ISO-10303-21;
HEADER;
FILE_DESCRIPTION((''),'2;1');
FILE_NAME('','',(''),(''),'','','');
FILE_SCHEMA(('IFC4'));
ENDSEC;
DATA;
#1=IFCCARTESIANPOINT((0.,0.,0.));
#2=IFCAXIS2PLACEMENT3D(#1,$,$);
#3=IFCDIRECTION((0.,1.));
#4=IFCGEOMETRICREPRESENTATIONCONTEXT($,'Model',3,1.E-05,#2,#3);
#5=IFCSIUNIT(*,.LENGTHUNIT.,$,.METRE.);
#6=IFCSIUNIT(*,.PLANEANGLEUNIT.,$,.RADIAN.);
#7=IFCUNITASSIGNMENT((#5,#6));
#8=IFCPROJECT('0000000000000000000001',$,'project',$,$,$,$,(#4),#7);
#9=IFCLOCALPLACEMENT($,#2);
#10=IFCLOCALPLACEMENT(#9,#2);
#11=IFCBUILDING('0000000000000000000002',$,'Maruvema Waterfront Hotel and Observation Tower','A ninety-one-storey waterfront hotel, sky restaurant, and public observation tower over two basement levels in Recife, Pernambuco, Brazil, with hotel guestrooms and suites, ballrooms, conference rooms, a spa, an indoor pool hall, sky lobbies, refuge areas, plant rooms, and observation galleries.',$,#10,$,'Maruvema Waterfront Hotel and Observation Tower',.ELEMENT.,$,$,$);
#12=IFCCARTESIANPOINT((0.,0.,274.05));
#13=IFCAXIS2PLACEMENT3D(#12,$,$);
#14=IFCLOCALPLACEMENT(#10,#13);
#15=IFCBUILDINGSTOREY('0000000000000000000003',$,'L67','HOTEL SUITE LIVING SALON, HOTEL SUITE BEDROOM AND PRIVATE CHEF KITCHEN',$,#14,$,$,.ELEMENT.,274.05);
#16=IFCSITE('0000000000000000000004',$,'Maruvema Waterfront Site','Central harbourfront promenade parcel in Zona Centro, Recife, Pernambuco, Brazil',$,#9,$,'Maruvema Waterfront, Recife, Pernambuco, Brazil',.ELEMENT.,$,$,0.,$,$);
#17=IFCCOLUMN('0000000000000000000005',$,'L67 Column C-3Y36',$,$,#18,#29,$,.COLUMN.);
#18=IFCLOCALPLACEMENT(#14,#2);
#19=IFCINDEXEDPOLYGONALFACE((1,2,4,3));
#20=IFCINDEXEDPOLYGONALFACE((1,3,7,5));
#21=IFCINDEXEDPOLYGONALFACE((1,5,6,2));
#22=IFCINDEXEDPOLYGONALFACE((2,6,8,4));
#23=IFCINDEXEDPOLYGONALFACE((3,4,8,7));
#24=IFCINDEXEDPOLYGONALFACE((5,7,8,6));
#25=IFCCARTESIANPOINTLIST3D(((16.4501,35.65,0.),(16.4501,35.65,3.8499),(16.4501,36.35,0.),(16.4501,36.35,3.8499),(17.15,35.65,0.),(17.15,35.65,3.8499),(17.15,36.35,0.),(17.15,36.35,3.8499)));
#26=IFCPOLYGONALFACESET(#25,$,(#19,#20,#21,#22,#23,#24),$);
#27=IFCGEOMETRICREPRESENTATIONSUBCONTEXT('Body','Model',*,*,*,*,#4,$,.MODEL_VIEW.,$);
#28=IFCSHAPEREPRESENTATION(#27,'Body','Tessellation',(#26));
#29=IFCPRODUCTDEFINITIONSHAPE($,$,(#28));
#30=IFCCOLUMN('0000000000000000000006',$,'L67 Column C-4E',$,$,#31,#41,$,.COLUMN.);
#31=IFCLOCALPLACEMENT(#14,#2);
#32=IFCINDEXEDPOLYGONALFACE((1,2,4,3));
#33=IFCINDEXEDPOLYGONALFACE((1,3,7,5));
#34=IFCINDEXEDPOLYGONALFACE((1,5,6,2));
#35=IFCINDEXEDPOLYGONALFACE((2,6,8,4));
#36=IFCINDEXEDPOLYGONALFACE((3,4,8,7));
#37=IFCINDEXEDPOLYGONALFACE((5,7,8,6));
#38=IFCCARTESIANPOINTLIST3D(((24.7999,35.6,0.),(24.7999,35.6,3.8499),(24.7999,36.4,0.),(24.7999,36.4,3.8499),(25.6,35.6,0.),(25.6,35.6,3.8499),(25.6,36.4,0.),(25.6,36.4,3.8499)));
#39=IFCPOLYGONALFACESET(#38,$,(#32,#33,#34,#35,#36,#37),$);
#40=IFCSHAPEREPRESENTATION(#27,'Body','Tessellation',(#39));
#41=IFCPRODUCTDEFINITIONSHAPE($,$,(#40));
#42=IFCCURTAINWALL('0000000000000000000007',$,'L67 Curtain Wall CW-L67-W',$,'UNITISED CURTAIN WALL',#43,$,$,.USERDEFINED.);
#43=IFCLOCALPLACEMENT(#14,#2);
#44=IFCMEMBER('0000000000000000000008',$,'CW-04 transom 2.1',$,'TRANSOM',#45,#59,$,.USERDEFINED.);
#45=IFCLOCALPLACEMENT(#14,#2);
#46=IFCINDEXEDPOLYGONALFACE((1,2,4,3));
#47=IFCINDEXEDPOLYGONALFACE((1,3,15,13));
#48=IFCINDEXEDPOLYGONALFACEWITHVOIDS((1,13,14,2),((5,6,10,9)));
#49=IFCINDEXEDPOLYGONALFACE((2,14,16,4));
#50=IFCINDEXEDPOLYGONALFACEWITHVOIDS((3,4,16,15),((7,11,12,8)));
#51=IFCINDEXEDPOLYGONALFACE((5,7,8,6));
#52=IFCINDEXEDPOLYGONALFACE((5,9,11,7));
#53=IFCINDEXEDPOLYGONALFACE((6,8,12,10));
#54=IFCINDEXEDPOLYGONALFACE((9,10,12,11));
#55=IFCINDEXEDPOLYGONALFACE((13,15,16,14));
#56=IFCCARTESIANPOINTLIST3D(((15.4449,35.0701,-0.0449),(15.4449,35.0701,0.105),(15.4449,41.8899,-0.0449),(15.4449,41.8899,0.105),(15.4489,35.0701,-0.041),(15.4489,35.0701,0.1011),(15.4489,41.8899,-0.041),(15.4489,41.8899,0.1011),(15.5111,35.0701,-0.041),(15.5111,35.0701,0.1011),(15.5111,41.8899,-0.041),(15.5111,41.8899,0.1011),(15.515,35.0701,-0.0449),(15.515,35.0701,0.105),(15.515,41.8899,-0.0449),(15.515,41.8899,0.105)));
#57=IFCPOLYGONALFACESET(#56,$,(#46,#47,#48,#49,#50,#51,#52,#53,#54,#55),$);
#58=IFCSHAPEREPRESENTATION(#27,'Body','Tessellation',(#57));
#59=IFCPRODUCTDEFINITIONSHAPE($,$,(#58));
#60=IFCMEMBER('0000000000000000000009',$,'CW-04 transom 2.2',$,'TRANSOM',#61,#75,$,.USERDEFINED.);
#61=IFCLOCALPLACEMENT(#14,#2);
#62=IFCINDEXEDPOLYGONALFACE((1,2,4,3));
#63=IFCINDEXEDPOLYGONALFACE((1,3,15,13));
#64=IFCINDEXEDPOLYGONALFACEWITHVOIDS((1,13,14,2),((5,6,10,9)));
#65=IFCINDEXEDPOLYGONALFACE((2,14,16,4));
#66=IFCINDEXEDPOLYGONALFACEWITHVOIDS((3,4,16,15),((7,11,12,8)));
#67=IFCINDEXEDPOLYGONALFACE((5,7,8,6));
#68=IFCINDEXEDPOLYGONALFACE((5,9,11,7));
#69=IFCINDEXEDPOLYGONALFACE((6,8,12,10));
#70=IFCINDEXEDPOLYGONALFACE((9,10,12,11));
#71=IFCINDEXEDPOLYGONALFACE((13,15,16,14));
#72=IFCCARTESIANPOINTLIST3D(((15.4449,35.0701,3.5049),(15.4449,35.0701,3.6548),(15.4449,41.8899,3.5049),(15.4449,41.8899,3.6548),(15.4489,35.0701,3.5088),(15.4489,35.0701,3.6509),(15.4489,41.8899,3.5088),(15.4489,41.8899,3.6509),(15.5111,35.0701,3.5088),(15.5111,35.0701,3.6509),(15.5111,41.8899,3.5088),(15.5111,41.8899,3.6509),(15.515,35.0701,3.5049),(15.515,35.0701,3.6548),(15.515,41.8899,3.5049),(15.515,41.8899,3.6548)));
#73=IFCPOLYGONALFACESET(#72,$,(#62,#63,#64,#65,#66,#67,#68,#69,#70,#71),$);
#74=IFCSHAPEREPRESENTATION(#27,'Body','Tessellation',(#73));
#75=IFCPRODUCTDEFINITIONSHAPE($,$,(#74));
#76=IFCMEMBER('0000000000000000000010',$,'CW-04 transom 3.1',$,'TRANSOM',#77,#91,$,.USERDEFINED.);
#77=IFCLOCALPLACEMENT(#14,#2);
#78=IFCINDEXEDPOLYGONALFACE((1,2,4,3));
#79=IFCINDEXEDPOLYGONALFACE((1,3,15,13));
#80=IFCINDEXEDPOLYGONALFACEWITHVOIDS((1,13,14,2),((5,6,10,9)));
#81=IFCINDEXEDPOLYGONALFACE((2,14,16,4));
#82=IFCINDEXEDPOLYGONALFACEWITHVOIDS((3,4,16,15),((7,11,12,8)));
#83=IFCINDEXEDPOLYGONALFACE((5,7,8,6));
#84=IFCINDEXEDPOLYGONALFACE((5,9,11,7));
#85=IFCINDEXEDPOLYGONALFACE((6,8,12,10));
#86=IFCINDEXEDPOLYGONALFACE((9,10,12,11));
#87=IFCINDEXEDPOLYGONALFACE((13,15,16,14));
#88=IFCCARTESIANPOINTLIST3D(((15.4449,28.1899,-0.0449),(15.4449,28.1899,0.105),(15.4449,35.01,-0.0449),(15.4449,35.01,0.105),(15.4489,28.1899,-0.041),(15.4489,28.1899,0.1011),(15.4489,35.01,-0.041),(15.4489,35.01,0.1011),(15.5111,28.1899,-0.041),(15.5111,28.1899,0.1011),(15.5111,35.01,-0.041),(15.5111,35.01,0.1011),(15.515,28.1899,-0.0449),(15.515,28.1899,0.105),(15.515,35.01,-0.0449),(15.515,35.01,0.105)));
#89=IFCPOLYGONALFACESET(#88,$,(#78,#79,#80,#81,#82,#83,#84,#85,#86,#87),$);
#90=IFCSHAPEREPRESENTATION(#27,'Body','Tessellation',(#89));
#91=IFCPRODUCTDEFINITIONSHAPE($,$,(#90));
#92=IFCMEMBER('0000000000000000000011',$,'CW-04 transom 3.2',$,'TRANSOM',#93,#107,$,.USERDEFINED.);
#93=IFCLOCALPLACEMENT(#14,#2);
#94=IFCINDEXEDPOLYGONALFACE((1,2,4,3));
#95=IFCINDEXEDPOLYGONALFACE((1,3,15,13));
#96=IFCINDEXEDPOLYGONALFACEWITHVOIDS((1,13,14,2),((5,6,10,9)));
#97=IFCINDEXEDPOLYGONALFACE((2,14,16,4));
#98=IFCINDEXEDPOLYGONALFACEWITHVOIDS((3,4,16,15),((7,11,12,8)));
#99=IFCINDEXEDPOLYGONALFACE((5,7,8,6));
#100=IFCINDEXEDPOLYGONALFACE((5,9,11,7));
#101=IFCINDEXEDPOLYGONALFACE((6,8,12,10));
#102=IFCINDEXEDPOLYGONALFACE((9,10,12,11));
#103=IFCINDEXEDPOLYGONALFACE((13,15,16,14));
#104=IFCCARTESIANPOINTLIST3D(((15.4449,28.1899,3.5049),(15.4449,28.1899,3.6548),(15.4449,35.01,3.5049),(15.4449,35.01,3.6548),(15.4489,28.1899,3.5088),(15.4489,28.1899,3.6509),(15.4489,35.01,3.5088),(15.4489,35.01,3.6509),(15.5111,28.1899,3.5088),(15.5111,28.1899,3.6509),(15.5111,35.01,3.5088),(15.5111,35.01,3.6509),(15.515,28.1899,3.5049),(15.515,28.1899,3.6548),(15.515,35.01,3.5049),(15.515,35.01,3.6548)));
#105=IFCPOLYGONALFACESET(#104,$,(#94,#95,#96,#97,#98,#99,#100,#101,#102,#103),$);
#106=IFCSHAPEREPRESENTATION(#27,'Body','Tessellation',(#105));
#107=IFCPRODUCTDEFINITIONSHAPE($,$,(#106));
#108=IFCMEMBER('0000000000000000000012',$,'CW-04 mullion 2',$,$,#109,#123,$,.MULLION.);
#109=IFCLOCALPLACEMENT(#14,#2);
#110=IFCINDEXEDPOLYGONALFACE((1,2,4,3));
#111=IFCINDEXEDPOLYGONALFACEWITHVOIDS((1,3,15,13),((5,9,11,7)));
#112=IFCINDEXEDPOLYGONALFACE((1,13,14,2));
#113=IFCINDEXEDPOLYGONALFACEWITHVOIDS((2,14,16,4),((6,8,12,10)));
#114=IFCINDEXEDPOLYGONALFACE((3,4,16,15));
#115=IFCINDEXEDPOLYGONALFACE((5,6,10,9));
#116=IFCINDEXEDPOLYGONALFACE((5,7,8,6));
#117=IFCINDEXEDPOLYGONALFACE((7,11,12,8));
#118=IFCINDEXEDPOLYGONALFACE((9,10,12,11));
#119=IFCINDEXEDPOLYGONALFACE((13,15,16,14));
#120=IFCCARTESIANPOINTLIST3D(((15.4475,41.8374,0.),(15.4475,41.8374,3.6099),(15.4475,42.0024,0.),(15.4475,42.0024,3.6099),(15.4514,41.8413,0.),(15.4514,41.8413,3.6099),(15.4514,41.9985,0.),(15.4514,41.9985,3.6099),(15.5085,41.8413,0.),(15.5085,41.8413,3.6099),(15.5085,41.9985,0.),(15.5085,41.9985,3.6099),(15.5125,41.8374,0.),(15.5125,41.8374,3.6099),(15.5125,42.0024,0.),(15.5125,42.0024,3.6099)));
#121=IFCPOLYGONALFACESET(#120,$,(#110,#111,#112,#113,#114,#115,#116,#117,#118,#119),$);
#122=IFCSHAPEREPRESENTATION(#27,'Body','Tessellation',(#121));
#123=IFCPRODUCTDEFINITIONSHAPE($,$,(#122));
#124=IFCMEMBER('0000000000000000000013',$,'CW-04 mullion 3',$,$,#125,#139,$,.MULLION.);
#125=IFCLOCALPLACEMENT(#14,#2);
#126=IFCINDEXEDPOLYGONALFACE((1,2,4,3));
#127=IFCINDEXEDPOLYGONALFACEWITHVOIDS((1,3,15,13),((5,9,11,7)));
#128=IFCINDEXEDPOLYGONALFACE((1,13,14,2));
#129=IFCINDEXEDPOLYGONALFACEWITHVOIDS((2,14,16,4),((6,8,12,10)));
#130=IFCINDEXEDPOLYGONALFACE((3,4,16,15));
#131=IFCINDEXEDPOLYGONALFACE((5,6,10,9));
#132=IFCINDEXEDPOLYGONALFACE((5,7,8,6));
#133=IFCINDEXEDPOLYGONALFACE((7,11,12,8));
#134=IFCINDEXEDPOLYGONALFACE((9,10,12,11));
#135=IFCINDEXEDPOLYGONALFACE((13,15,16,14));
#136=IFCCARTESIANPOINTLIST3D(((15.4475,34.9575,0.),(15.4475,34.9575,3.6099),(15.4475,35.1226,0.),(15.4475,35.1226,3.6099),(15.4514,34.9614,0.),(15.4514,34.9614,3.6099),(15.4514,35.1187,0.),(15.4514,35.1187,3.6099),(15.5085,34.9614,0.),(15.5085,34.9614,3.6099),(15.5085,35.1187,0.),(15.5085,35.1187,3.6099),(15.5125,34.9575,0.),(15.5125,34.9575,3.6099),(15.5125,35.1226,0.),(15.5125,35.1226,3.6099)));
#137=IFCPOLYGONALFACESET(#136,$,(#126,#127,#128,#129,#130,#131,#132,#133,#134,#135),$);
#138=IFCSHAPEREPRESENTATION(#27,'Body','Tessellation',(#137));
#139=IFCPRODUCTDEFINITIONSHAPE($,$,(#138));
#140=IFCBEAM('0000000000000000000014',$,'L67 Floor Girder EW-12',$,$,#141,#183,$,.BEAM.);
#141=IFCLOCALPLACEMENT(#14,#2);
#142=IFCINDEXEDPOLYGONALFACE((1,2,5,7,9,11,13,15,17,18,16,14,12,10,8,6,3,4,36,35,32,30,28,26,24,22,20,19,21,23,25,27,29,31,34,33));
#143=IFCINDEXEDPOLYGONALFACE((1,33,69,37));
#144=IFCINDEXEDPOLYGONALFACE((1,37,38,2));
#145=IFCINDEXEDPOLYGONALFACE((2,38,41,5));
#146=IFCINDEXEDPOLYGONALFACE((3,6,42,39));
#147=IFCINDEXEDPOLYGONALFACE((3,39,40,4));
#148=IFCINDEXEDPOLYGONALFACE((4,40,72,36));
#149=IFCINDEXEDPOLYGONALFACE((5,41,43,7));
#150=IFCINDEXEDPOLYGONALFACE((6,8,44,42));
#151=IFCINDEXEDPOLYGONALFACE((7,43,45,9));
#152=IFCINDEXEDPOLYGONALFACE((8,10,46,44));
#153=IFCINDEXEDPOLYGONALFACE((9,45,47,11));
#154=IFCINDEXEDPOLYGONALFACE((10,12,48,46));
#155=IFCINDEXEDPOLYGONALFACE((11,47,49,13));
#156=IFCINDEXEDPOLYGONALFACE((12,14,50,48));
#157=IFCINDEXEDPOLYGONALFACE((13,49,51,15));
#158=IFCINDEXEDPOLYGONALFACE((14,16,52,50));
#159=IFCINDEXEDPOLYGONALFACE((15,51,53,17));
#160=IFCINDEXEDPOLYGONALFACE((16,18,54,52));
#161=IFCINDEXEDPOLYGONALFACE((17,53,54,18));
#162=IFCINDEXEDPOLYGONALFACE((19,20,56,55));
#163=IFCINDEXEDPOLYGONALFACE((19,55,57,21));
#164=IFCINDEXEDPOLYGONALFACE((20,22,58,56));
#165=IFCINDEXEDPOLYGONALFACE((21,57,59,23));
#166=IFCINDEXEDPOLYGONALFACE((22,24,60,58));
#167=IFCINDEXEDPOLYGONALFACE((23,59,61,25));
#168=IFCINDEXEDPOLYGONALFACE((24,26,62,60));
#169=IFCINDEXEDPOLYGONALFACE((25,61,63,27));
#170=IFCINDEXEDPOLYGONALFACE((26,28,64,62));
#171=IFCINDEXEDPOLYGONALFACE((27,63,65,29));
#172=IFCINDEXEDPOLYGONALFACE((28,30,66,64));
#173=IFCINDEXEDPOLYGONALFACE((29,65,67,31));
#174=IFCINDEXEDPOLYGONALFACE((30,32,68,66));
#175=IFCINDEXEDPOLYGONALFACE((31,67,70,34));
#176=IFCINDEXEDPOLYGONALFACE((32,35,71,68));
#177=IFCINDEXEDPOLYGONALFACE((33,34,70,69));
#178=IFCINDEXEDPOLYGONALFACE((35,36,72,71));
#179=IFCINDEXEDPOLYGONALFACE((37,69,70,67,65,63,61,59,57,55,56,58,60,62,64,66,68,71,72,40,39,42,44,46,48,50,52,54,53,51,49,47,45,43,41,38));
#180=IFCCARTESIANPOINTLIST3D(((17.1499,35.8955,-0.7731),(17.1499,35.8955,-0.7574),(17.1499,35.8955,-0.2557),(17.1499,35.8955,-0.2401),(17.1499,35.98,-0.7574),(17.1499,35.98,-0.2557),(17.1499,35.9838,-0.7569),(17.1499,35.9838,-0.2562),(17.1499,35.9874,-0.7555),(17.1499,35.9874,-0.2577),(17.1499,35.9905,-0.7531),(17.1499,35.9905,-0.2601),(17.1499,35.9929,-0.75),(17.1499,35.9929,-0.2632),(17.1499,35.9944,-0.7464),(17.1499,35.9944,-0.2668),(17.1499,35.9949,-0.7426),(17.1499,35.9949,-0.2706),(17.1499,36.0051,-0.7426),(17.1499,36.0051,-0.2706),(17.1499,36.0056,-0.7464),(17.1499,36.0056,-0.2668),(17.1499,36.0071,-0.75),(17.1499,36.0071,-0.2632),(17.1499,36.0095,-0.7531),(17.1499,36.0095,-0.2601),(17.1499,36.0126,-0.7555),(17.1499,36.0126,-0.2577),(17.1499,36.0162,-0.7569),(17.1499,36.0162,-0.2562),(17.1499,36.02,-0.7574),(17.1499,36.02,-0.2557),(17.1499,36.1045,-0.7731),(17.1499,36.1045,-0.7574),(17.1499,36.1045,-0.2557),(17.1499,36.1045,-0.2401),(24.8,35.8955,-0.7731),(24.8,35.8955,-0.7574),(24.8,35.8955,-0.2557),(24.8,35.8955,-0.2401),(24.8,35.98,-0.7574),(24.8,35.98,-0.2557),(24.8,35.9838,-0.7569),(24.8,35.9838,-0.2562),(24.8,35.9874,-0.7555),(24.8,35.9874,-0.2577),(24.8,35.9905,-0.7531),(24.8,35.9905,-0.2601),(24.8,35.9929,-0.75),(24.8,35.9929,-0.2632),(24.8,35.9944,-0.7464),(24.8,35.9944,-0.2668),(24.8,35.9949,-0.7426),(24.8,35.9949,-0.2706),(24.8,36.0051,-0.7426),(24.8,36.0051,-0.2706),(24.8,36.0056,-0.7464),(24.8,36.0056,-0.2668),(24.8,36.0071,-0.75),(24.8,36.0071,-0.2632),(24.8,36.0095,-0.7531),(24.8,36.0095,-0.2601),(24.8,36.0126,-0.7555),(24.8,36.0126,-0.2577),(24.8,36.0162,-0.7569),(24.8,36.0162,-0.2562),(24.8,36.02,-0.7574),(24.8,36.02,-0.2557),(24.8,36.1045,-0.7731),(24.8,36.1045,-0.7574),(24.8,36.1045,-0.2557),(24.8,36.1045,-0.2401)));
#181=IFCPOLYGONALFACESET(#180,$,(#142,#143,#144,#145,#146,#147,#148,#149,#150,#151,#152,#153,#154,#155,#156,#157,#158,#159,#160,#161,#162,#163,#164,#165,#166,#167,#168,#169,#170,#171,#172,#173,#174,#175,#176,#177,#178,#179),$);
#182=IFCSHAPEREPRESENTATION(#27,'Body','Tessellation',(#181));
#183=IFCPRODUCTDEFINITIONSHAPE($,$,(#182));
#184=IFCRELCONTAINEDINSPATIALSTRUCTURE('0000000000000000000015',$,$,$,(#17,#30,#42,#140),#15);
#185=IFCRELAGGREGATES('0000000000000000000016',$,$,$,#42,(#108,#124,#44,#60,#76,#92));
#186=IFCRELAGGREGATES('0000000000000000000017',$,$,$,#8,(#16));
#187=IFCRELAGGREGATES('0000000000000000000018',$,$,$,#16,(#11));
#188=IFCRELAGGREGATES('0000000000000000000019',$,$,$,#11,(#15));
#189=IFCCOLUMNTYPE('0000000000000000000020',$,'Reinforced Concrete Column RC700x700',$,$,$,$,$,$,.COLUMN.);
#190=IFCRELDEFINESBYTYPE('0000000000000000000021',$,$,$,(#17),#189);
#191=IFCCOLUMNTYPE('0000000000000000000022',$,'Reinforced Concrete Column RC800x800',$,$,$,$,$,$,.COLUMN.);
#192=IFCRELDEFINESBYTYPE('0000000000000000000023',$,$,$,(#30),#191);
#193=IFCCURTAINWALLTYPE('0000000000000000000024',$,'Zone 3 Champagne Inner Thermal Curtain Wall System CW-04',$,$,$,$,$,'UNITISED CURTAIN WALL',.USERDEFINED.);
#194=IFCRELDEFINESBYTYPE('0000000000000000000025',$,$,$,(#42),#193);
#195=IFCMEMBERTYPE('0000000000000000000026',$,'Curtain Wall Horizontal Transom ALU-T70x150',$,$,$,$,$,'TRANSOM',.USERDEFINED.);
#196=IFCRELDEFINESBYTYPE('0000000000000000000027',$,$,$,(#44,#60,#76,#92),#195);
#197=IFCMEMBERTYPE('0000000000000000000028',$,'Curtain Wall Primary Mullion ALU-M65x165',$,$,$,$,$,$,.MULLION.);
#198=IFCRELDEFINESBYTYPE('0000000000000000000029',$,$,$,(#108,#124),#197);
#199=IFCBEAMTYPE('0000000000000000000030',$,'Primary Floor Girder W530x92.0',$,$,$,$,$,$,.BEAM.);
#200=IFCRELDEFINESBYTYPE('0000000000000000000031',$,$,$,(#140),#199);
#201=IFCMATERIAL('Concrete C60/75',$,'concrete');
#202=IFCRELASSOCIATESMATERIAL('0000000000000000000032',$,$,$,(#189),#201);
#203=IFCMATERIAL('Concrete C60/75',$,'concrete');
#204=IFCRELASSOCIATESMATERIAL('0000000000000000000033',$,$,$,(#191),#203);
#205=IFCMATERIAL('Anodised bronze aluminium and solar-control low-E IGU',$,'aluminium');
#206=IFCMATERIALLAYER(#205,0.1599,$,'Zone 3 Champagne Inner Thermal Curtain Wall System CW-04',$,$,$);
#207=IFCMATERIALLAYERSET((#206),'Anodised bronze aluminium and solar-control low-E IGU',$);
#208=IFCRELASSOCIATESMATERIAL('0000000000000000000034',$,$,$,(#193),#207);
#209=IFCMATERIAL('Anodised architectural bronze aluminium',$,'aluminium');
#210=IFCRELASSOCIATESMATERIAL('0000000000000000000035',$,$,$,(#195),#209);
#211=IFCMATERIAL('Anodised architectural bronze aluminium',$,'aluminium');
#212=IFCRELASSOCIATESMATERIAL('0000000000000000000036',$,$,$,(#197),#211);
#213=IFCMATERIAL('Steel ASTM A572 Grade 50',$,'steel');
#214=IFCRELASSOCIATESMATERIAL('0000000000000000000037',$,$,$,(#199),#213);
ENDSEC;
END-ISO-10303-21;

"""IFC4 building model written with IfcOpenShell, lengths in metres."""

from ifc_helpers import new_model, si_unit, direction, frame, origin, origin_2d, place, context, subcontext, project, spatial, rectangle, hollow_rectangle, i_section, extrude, material, layer, layer_set, material_profile, profile_set, type_object, element, aggregate, save


model = new_model("IFC4")

# Units and contexts
model_context = context("Model", 3, precision=1e-05, world=origin(), true_north=direction((0.0, 1.0)))
body_context = subcontext(model_context, "Body", "Model", "MODEL_VIEW")
ifc_project = project(units=[si_unit("LENGTHUNIT", "METRE"), si_unit("PLANEANGLEUNIT", "RADIAN")], contexts=[model_context])

# Site, building, storey
site_placement = place(None, origin())
site = spatial("IfcSite", under=ifc_project, at=site_placement, Name="Maruvema Waterfront Site", Description="Central harbourfront promenade parcel in Zona Centro, Recife, Pernambuco, Brazil", LongName="Maruvema Waterfront, Recife, Pernambuco, Brazil", CompositionType="ELEMENT", RefElevation=0.0)
building_placement = place(site_placement, origin())
building = spatial("IfcBuilding", under=site, at=building_placement, Name="Maruvema Waterfront Hotel and Observation Tower", Description="A ninety-one-storey waterfront hotel, sky restaurant, and public observation tower over two basement levels in Recife, Pernambuco, Brazil, with hotel guestrooms and suites, ballrooms, conference rooms, a spa, an indoor pool hall, sky lobbies, refuge areas, plant rooms, and observation galleries.", LongName="Maruvema Waterfront Hotel and Observation Tower", CompositionType="ELEMENT")
storey_placement = place(building_placement, frame((0.0, 0.0, 274.05)))
storey = spatial("IfcBuildingStorey", under=building, at=storey_placement, Name="L67", Description="HOTEL SUITE LIVING SALON, HOTEL SUITE BEDROOM AND PRIVATE CHEF KITCHEN", CompositionType="ELEMENT", Elevation=274.05)

# Columns
ifc_material_1 = material(Name="Concrete C60/75", Category="concrete")
ifc_material_profile_1 = material_profile(ifc_material_1, rectangle(XDim=0.7, YDim=0.7, at=origin_2d()), Name="RC700x700")
ifc_profile_set_1 = profile_set([ifc_material_profile_1], Name="Concrete C60/75")
column_type_1 = type_object("IfcColumnType", Name="Reinforced Concrete Column RC700x700", PredefinedType="COLUMN", material=ifc_profile_set_1)
column_1_placement = place(storey_placement, frame((16.8, 36.0, 0.0), z_axis=(0.0, 0.0, 1.0), x_axis=(1.0, 0.0, 0.0)))
element("IfcColumn", 1, at=column_1_placement, inside=storey, type_object=column_type_1, Name="L67 Column C-3Y36", PredefinedType="COLUMN", context=body_context, shape_type="SweptSolid", body=[
    extrude(rectangle(XDim=0.7, YDim=0.7, at=origin_2d()), origin(), (0.0, 0.0, 1.0), 3.8499),
])
ifc_material_2 = material(Name="Concrete C60/75", Category="concrete")
ifc_material_profile_2 = material_profile(ifc_material_2, rectangle(XDim=0.8, YDim=0.8, at=origin_2d()), Name="RC800x800")
ifc_profile_set_2 = profile_set([ifc_material_profile_2], Name="Concrete C60/75")
column_type_2 = type_object("IfcColumnType", Name="Reinforced Concrete Column RC800x800", PredefinedType="COLUMN", material=ifc_profile_set_2)
column_2_placement = place(storey_placement, frame((25.2, 36.0, 0.0), z_axis=(0.0, 0.0, 1.0), x_axis=(1.0, 0.0, 0.0)))
element("IfcColumn", 2, at=column_2_placement, inside=storey, type_object=column_type_2, Name="L67 Column C-4E", PredefinedType="COLUMN", context=body_context, shape_type="SweptSolid", body=[
    extrude(rectangle(XDim=0.8, YDim=0.8, at=origin_2d()), origin(), (0.0, 0.0, 1.0), 3.8499),
])

# Curtain wall, members
ifc_material_3 = material(Name="Anodised bronze aluminium and solar-control low-E IGU", Category="aluminium")
ifc_layer_1 = layer(ifc_material_3, 0.1599, Name="Zone 3 Champagne Inner Thermal Curtain Wall System CW-04")
ifc_layer_set_1 = layer_set([ifc_layer_1], Name="Anodised bronze aluminium and solar-control low-E IGU")
curtain_wall_type = type_object("IfcCurtainWallType", Name="Zone 3 Champagne Inner Thermal Curtain Wall System CW-04", ElementType="UNITISED CURTAIN WALL", PredefinedType="USERDEFINED", material=ifc_layer_set_1)
curtain_wall_placement = place(storey_placement, origin())
curtain_wall = element("IfcCurtainWall", 3, at=curtain_wall_placement, inside=storey, type_object=curtain_wall_type, Name="L67 Curtain Wall CW-L67-W", ObjectType="UNITISED CURTAIN WALL", PredefinedType="USERDEFINED")
ifc_material_4 = material(Name="Anodised architectural bronze aluminium", Category="aluminium")
ifc_material_profile_3 = material_profile(ifc_material_4, hollow_rectangle(XDim=0.0701, YDim=0.1499, WallThickness=0.0039, at=origin_2d()), Name="ALU-T70x150")
ifc_profile_set_3 = profile_set([ifc_material_profile_3], Name="Anodised architectural bronze aluminium")
member_type_1 = type_object("IfcMemberType", Name="Curtain Wall Horizontal Transom ALU-T70x150", ElementType="TRANSOM", PredefinedType="USERDEFINED", material=ifc_profile_set_3)
member_1_placement = place(storey_placement, frame((15.48, 41.8899, 0.03), z_axis=(0.0, -1.0, 0.0), x_axis=(1.0, 0.0, 0.0)))
member_1 = element("IfcMember", 4, at=member_1_placement, type_object=member_type_1, Name="CW-04 transom 2.1", ObjectType="TRANSOM", PredefinedType="USERDEFINED", context=body_context, shape_type="SweptSolid", body=[
    extrude(hollow_rectangle(XDim=0.0701, YDim=0.1499, WallThickness=0.0039, at=origin_2d()), origin(), (0.0, 0.0, 1.0), 6.8198),
])
member_2_placement = place(storey_placement, frame((15.48, 41.8899, 3.5798), z_axis=(0.0, -1.0, 0.0), x_axis=(1.0, 0.0, 0.0)))
member_2 = element("IfcMember", 5, at=member_2_placement, type_object=member_type_1, Name="CW-04 transom 2.2", ObjectType="TRANSOM", PredefinedType="USERDEFINED", context=body_context, shape_type="SweptSolid", body=[
    extrude(hollow_rectangle(XDim=0.0701, YDim=0.1499, WallThickness=0.0039, at=origin_2d()), origin(), (0.0, 0.0, 1.0), 6.8198),
])
member_3_placement = place(storey_placement, frame((15.48, 35.01, 0.03), z_axis=(0.0, -1.0, 0.0), x_axis=(1.0, 0.0, 0.0)))
member_3 = element("IfcMember", 6, at=member_3_placement, type_object=member_type_1, Name="CW-04 transom 3.1", ObjectType="TRANSOM", PredefinedType="USERDEFINED", context=body_context, shape_type="SweptSolid", body=[
    extrude(hollow_rectangle(XDim=0.0701, YDim=0.1499, WallThickness=0.0039, at=origin_2d()), origin(), (0.0, 0.0, 1.0), 6.8201),
])
member_4_placement = place(storey_placement, frame((15.48, 35.01, 3.5798), z_axis=(0.0, -1.0, 0.0), x_axis=(1.0, 0.0, 0.0)))
member_4 = element("IfcMember", 7, at=member_4_placement, type_object=member_type_1, Name="CW-04 transom 3.2", ObjectType="TRANSOM", PredefinedType="USERDEFINED", context=body_context, shape_type="SweptSolid", body=[
    extrude(hollow_rectangle(XDim=0.0701, YDim=0.1499, WallThickness=0.0039, at=origin_2d()), origin(), (0.0, 0.0, 1.0), 6.8201),
])
ifc_material_5 = material(Name="Anodised architectural bronze aluminium", Category="aluminium")
ifc_material_profile_4 = material_profile(ifc_material_5, hollow_rectangle(XDim=0.0649, YDim=0.165, WallThickness=0.0039, at=origin_2d()), Name="ALU-M65x165")
ifc_profile_set_4 = profile_set([ifc_material_profile_4], Name="Anodised architectural bronze aluminium")
member_type_2 = type_object("IfcMemberType", Name="Curtain Wall Primary Mullion ALU-M65x165", PredefinedType="MULLION", material=ifc_profile_set_4)
member_5_placement = place(storey_placement, frame((15.48, 41.9199, 0.0), z_axis=(0.0, 0.0, 1.0), x_axis=(1.0, 0.0, 0.0)))
member_5 = element("IfcMember", 8, at=member_5_placement, type_object=member_type_2, Name="CW-04 mullion 2", PredefinedType="MULLION", context=body_context, shape_type="SweptSolid", body=[
    extrude(hollow_rectangle(XDim=0.0649, YDim=0.165, WallThickness=0.0039, at=origin_2d()), origin(), (0.0, 0.0, 1.0), 3.6099),
])
member_6_placement = place(storey_placement, frame((15.48, 35.04, 0.0), z_axis=(0.0, 0.0, 1.0), x_axis=(1.0, 0.0, 0.0)))
member_6 = element("IfcMember", 9, at=member_6_placement, type_object=member_type_2, Name="CW-04 mullion 3", PredefinedType="MULLION", context=body_context, shape_type="SweptSolid", body=[
    extrude(hollow_rectangle(XDim=0.0649, YDim=0.165, WallThickness=0.0039, at=origin_2d()), origin(), (0.0, 0.0, 1.0), 3.6099),
])

# Beam
ifc_material_6 = material(Name="Steel ASTM A572 Grade 50", Category="steel")
ifc_material_profile_5 = material_profile(ifc_material_6, i_section(OverallWidth=0.209, OverallDepth=0.533, WebThickness=0.0103, FlangeThickness=0.0156, FilletRadius=0.0149, at=origin_2d()), Name="W530x92.0")
ifc_profile_set_5 = profile_set([ifc_material_profile_5], Name="Steel ASTM A572 Grade 50")
beam_type_1 = type_object("IfcBeamType", Name="Primary Floor Girder W530x92.0", PredefinedType="BEAM", material=ifc_profile_set_5)
beam_1_placement = place(storey_placement, frame((17.1499, 36.0, -0.5066), z_axis=(1.0, 0.0, 0.0), x_axis=(0.0, 1.0, 0.0)))
element("IfcBeam", 10, at=beam_1_placement, inside=storey, type_object=beam_type_1, Name="L67 Floor Girder EW-12", PredefinedType="BEAM", context=body_context, shape_type="SweptSolid", body=[
    extrude(i_section(OverallWidth=0.209, OverallDepth=0.533, WebThickness=0.0103, FlangeThickness=0.0156, FilletRadius=0.0149, at=origin_2d()), origin(), (0.0, 0.0, 1.0), 7.6501),
])

aggregate(curtain_wall, [member_5, member_6, member_1, member_2, member_3, member_4])

save(model, "model.ifc")
